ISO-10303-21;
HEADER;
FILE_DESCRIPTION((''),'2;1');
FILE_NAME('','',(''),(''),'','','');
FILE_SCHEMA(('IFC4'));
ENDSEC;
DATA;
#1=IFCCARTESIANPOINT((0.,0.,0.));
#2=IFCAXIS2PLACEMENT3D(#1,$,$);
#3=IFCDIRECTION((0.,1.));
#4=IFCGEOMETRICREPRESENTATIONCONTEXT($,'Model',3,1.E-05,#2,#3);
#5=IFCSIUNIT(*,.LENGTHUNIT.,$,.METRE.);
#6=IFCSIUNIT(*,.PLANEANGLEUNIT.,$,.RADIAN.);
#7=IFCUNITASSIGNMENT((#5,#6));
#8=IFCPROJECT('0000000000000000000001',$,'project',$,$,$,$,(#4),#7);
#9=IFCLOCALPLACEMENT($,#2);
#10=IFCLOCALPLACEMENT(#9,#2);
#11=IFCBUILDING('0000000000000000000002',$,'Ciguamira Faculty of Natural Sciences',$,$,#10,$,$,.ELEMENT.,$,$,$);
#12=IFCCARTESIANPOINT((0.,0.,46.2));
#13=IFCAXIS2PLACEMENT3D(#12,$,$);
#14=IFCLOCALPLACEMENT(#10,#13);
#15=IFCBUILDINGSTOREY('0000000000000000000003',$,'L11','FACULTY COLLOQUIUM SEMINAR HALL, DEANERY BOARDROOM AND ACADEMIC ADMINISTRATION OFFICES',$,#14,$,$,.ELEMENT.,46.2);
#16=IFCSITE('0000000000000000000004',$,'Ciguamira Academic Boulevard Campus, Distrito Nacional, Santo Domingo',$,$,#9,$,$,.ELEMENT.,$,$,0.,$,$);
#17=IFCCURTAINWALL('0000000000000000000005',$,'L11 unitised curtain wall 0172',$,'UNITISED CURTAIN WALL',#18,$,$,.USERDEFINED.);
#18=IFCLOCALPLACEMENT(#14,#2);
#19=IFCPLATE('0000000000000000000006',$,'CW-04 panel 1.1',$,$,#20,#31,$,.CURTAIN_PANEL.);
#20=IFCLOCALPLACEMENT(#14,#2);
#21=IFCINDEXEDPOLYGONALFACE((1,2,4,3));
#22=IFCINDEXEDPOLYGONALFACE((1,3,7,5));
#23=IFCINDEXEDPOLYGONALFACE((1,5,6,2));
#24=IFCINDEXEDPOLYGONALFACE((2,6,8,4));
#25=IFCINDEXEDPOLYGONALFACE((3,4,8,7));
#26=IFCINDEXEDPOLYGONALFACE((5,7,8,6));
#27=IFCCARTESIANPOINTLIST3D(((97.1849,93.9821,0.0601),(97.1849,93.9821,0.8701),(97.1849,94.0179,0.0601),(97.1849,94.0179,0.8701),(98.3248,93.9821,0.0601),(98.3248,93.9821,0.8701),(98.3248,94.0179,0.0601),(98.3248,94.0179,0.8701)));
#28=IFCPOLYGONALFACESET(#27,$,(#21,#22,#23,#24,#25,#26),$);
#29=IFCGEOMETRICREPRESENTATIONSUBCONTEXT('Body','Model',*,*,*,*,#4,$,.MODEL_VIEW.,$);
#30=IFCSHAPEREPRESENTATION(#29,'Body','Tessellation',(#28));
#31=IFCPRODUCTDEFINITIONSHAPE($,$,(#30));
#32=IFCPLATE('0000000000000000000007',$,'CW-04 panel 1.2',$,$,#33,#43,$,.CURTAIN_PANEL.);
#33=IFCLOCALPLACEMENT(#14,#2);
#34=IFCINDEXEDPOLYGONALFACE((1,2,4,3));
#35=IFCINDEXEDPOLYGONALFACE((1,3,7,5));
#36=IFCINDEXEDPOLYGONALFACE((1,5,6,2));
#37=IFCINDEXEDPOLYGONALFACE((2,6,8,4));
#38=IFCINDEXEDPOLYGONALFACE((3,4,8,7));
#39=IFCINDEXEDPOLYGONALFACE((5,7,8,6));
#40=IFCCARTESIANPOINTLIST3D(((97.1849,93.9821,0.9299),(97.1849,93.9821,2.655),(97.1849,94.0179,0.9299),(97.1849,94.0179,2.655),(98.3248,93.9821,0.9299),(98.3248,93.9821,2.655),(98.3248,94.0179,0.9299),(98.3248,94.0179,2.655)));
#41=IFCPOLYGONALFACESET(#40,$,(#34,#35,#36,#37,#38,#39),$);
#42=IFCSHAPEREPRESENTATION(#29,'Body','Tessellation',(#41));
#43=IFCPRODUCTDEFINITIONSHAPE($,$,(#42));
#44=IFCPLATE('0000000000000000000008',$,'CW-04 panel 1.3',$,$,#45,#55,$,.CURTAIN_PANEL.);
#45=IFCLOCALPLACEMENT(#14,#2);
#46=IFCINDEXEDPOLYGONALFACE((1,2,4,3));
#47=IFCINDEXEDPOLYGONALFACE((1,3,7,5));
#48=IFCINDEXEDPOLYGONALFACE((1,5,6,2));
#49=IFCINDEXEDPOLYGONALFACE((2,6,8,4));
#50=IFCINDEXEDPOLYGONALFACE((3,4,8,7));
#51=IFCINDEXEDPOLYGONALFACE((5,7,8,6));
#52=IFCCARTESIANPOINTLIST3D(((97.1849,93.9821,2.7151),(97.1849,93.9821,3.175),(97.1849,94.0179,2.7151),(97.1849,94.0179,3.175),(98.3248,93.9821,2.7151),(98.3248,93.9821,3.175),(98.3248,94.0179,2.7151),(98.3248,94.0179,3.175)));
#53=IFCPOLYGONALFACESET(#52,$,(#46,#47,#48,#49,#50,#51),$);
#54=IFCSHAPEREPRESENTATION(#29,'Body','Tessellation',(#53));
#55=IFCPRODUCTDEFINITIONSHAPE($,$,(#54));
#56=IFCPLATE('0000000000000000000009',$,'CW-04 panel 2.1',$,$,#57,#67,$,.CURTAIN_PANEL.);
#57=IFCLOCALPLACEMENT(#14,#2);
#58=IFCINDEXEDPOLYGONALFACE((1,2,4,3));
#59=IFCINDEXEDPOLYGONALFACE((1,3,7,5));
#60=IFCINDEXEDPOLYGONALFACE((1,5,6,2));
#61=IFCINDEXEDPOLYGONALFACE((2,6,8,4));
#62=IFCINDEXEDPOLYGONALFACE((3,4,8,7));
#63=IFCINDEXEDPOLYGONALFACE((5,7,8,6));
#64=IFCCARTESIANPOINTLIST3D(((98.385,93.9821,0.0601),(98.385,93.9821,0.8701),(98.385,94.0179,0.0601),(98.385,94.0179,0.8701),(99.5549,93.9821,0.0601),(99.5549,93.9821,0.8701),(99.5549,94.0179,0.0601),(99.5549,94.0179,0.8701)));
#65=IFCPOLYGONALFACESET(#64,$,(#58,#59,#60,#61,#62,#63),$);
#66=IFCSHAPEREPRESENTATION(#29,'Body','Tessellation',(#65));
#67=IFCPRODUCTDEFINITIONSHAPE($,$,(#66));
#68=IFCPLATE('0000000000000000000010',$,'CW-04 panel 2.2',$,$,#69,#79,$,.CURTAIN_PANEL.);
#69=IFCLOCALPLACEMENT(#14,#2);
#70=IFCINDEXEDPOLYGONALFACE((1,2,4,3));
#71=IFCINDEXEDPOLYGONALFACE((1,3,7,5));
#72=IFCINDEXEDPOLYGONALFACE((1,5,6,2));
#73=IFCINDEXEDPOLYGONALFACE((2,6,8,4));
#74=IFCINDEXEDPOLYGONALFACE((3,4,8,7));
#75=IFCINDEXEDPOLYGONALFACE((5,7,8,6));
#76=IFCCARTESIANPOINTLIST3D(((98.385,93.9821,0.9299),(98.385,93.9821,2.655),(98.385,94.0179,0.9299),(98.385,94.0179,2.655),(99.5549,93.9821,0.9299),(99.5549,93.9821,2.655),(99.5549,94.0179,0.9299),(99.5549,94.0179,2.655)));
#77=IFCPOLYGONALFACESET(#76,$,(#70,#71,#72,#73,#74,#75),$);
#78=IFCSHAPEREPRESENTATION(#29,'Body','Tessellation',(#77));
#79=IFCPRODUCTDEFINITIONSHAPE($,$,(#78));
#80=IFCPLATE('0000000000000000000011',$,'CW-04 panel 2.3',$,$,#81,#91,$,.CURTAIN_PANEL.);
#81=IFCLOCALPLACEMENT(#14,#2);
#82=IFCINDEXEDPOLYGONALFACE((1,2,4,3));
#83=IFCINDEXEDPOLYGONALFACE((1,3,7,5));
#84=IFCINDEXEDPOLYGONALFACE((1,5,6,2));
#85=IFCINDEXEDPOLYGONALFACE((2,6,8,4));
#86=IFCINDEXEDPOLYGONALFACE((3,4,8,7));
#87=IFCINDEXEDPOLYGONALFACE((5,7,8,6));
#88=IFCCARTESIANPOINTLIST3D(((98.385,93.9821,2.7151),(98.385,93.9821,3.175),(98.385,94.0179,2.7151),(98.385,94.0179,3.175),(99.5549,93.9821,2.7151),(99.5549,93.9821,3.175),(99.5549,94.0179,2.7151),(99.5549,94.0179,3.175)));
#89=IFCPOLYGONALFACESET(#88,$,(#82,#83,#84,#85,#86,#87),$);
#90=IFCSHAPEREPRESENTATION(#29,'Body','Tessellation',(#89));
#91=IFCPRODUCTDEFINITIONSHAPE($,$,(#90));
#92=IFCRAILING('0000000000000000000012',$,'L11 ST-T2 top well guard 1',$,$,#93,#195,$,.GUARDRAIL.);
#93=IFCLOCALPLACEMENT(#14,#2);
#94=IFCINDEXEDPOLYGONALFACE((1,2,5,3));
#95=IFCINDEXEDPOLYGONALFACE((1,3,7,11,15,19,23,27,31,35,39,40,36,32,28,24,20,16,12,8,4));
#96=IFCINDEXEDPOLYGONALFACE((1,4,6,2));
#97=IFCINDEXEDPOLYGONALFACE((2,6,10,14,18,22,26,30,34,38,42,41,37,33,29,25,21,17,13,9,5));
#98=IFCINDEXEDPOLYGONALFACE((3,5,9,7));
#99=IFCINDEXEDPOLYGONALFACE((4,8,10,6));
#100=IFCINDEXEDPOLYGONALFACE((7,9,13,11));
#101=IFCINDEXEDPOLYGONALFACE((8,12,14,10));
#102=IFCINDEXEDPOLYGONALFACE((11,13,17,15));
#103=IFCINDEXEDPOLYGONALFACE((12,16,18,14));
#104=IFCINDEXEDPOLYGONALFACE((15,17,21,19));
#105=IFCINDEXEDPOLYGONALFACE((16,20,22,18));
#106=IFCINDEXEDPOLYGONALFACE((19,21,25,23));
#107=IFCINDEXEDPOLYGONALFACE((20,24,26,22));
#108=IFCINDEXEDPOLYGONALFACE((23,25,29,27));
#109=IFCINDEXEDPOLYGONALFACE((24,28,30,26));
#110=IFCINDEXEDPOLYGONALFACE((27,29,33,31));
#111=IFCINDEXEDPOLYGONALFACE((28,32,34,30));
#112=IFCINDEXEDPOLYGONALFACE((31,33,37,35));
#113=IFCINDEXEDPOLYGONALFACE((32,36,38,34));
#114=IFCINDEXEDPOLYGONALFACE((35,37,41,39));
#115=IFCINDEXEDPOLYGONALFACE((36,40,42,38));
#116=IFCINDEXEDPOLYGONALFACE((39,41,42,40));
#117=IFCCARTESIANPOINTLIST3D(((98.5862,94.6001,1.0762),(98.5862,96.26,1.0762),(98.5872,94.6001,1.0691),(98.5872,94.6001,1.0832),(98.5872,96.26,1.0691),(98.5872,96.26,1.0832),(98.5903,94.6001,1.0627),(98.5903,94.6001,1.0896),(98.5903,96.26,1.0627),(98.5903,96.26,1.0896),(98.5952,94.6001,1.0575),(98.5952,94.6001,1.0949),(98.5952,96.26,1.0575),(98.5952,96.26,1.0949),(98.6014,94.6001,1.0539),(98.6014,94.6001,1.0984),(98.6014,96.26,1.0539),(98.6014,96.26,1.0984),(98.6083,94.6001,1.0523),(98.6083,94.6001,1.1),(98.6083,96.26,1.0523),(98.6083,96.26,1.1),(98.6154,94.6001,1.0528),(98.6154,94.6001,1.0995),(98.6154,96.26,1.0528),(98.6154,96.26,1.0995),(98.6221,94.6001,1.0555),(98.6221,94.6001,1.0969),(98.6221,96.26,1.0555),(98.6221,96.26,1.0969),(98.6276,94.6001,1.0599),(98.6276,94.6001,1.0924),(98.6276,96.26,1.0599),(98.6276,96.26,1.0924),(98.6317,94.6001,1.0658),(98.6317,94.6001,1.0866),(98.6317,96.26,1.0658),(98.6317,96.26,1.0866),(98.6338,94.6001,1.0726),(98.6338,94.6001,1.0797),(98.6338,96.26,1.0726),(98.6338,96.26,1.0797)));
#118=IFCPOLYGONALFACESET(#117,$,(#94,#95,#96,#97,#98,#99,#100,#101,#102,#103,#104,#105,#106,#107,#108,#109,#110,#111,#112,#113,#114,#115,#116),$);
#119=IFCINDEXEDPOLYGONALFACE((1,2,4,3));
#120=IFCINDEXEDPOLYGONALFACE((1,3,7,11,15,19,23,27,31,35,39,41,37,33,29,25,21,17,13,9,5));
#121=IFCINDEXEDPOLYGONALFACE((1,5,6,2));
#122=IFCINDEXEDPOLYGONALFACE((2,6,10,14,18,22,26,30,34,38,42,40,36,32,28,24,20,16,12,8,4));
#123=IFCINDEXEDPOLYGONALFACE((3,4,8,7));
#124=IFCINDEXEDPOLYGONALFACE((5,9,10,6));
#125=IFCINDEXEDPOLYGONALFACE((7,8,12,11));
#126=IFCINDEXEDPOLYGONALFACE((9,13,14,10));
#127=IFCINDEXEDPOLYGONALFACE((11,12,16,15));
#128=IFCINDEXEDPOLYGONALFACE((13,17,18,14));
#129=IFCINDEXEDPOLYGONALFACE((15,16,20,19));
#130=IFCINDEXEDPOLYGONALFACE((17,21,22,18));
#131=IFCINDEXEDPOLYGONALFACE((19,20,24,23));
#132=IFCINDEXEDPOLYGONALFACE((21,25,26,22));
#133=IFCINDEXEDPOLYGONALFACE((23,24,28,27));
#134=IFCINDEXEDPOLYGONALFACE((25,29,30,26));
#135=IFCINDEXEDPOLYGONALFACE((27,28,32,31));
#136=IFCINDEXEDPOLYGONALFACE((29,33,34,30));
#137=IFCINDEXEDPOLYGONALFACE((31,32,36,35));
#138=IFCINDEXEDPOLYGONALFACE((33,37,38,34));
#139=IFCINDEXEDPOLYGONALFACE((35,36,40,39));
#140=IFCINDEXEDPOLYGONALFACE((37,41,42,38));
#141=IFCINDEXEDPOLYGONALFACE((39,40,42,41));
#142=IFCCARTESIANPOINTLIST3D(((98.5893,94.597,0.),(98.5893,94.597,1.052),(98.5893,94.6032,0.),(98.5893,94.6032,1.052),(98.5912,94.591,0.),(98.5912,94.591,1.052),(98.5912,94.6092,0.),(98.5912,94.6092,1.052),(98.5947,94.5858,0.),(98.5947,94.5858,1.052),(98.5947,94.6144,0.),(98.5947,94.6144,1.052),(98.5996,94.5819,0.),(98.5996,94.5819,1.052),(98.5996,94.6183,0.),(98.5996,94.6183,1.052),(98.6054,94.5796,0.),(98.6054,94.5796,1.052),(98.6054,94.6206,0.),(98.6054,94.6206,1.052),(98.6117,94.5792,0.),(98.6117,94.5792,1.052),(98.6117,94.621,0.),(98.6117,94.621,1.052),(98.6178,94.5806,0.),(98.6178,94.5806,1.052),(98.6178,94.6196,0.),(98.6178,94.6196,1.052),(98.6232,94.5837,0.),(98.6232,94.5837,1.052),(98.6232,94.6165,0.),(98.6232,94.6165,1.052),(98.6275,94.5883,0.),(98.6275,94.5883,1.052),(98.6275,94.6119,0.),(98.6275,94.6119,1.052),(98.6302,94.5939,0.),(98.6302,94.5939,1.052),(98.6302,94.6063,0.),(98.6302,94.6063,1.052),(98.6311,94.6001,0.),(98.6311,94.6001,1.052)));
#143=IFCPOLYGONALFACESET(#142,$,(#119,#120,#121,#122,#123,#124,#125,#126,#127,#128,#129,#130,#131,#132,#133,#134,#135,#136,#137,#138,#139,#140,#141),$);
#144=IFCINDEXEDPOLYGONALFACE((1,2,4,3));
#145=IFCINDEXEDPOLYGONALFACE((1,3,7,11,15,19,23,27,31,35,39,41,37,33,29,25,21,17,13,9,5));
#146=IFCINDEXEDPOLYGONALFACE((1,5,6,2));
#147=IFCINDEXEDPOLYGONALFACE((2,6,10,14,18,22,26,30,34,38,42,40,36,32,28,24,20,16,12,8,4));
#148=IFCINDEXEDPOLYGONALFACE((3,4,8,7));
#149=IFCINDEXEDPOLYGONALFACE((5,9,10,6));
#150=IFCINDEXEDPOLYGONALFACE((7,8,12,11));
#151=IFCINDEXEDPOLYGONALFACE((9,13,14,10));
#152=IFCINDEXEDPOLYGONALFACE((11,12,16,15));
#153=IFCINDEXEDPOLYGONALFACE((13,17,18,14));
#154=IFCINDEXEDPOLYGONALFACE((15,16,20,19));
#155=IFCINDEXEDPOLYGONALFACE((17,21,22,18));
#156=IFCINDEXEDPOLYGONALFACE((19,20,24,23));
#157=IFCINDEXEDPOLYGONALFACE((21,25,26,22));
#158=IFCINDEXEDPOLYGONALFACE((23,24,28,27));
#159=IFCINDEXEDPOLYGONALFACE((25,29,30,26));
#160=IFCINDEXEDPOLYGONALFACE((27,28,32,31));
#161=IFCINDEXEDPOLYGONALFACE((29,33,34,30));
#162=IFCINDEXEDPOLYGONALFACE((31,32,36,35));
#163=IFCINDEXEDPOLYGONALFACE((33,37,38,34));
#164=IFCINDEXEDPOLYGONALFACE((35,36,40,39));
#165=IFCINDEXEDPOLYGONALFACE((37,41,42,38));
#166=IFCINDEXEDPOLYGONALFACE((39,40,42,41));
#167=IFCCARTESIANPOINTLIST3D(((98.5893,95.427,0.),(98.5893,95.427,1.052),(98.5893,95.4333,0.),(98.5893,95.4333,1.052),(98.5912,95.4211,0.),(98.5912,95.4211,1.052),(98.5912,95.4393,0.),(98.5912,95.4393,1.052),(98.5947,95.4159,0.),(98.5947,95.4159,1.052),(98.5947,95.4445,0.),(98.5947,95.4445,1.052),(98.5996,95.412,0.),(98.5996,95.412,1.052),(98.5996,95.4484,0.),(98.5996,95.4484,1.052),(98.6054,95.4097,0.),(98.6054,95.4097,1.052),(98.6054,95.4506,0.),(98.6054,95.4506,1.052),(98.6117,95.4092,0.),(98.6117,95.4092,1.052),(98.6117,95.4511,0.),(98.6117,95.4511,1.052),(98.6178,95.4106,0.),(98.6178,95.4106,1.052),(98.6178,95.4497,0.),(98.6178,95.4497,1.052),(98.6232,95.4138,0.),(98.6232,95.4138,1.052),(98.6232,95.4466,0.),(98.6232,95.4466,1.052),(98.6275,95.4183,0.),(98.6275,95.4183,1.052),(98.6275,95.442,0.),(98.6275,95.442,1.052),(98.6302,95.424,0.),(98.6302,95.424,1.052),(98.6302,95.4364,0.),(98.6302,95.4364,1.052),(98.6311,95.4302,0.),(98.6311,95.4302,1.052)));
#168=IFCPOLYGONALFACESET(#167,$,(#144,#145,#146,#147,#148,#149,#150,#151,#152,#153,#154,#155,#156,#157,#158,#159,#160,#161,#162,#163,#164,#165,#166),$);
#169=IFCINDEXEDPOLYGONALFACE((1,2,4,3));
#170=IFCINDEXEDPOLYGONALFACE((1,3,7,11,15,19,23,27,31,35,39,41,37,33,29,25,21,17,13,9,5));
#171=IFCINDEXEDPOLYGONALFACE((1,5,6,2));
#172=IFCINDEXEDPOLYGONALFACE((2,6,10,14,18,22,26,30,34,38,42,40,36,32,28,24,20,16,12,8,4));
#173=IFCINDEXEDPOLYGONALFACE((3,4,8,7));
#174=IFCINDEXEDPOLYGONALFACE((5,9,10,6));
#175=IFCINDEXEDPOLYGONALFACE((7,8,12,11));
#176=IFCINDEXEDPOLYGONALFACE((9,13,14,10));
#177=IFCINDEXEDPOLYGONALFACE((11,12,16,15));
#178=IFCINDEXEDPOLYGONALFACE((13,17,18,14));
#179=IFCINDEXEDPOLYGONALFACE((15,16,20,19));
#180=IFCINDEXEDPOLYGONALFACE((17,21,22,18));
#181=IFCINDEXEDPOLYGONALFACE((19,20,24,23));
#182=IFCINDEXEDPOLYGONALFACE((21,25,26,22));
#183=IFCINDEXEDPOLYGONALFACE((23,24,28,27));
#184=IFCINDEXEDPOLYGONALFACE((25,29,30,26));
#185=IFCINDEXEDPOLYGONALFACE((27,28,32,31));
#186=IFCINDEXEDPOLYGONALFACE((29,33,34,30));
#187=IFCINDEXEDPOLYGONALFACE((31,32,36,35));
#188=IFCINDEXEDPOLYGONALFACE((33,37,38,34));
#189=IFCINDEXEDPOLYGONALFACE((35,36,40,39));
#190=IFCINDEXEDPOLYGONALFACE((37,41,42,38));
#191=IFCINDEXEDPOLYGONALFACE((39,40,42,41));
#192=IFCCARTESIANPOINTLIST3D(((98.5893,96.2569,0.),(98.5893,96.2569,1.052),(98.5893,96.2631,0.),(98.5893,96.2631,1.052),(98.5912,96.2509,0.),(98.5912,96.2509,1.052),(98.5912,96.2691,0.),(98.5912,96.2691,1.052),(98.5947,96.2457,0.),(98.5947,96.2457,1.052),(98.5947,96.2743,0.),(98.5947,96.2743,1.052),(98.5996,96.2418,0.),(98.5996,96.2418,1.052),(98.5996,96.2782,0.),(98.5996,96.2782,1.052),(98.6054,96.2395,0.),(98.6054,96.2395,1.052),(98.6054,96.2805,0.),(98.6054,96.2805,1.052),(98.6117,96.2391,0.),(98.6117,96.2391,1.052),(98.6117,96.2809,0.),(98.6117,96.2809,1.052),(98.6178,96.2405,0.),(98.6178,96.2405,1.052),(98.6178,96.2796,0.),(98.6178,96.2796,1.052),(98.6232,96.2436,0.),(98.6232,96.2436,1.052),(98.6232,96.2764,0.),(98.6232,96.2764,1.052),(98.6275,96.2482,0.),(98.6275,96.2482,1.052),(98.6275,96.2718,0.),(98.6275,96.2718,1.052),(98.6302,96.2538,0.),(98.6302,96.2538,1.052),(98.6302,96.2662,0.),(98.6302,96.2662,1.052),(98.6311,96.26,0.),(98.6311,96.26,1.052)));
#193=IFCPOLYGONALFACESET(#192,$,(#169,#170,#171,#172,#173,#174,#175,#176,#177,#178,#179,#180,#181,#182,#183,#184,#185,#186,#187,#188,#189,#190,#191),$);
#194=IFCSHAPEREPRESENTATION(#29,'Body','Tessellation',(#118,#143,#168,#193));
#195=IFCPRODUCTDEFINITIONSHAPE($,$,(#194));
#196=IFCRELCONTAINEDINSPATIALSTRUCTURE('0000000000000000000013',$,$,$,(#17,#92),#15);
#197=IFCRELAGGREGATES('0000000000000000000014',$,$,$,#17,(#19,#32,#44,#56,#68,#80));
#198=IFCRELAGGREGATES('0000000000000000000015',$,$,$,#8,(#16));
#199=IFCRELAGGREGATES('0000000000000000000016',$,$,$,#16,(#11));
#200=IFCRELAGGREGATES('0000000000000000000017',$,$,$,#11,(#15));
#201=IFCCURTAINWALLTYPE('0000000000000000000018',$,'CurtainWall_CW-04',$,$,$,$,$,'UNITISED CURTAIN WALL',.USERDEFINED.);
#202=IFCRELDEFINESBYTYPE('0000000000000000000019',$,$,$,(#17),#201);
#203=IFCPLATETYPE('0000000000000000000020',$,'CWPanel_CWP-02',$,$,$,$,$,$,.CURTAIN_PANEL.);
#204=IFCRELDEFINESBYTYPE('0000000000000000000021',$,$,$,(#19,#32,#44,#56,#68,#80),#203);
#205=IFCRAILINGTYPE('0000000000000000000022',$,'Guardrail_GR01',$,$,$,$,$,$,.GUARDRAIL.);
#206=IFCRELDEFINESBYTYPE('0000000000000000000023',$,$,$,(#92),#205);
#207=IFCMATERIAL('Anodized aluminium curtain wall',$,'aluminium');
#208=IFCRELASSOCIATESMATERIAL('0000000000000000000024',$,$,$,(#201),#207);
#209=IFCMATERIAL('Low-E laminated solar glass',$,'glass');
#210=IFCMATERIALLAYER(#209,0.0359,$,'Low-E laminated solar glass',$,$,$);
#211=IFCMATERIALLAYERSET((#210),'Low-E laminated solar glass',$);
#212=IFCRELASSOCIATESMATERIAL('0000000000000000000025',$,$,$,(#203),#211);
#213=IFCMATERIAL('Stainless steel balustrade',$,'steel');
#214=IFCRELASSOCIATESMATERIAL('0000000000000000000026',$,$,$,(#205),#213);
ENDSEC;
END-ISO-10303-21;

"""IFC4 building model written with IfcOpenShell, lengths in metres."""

from ifc_helpers import new_model, si_unit, direction, frame, origin, origin_2d, place, context, subcontext, project, spatial, rectangle, circle, extrude, material, layer, layer_set, type_object, element, aggregate, save


model = new_model("IFC4")

# Units and contexts
model_context = context("Model", 3, precision=1e-05, world=origin(), true_north=direction((0.0, 1.0)))
body_context = subcontext(model_context, "Body", "Model", "MODEL_VIEW")
ifc_project = project(units=[si_unit("LENGTHUNIT", "METRE"), si_unit("PLANEANGLEUNIT", "RADIAN")], contexts=[model_context])

# Site, building, storey
site_placement = place(None, origin())
site = spatial("IfcSite", under=ifc_project, at=site_placement, Name="Ciguamira Academic Boulevard Campus, Distrito Nacional, Santo Domingo", CompositionType="ELEMENT", RefElevation=0.0)
building_placement = place(site_placement, origin())
building = spatial("IfcBuilding", under=site, at=building_placement, Name="Ciguamira Faculty of Natural Sciences", CompositionType="ELEMENT")
storey_placement = place(building_placement, frame((0.0, 0.0, 46.2)))
storey = spatial("IfcBuildingStorey", under=building, at=storey_placement, Name="L11", Description="FACULTY COLLOQUIUM SEMINAR HALL, DEANERY BOARDROOM AND ACADEMIC ADMINISTRATION OFFICES", CompositionType="ELEMENT", Elevation=46.2)

# Curtain wall, plates
ifc_material_1 = material(Name="Anodized aluminium curtain wall", Category="aluminium")
curtain_wall_type = type_object("IfcCurtainWallType", Name="CurtainWall_CW-04", ElementType="UNITISED CURTAIN WALL", PredefinedType="USERDEFINED", material=ifc_material_1)
curtain_wall_placement = place(storey_placement, origin())
curtain_wall = element("IfcCurtainWall", 1, at=curtain_wall_placement, inside=storey, type_object=curtain_wall_type, Name="L11 unitised curtain wall 0172", ObjectType="UNITISED CURTAIN WALL", PredefinedType="USERDEFINED")
ifc_material_2 = material(Name="Low-E laminated solar glass", Category="glass")
ifc_layer = layer(ifc_material_2, 0.0359, Name="Low-E laminated solar glass")
ifc_layer_set = layer_set([ifc_layer], Name="Low-E laminated solar glass")
plate_type = type_object("IfcPlateType", Name="CWPanel_CWP-02", PredefinedType="CURTAIN_PANEL", material=ifc_layer_set)
plate_1_placement = place(storey_placement, frame((97.7549, 94.0, 0.0601), z_axis=(0.0, 0.0, 1.0), x_axis=(1.0, 0.0, 0.0)))
plate_1 = element("IfcPlate", 2, at=plate_1_placement, type_object=plate_type, Name="CW-04 panel 1.1", PredefinedType="CURTAIN_PANEL", context=body_context, shape_type="SweptSolid", body=[
    extrude(rectangle(XDim=1.1399, YDim=0.0359, at=origin_2d()), origin(), (0.0, 0.0, 1.0), 0.8101),
])
plate_2_placement = place(storey_placement, frame((97.7549, 94.0, 0.9299), z_axis=(0.0, 0.0, 1.0), x_axis=(1.0, 0.0, 0.0)))
plate_2 = element("IfcPlate", 3, at=plate_2_placement, type_object=plate_type, Name="CW-04 panel 1.2", PredefinedType="CURTAIN_PANEL", context=body_context, shape_type="SweptSolid", body=[
    extrude(rectangle(XDim=1.1399, YDim=0.0359, at=origin_2d()), origin(), (0.0, 0.0, 1.0), 1.7251),
])
plate_3_placement = place(storey_placement, frame((97.7549, 94.0, 2.7151), z_axis=(0.0, 0.0, 1.0), x_axis=(1.0, 0.0, 0.0)))
plate_3 = element("IfcPlate", 4, at=plate_3_placement, type_object=plate_type, Name="CW-04 panel 1.3", PredefinedType="CURTAIN_PANEL", context=body_context, shape_type="SweptSolid", body=[
    extrude(rectangle(XDim=1.1399, YDim=0.0359, at=origin_2d()), origin(), (0.0, 0.0, 1.0), 0.46),
])
plate_4_placement = place(storey_placement, frame((98.97, 94.0, 0.0601), z_axis=(0.0, 0.0, 1.0), x_axis=(1.0, 0.0, 0.0)))
plate_4 = element("IfcPlate", 5, at=plate_4_placement, type_object=plate_type, Name="CW-04 panel 2.1", PredefinedType="CURTAIN_PANEL", context=body_context, shape_type="SweptSolid", body=[
    extrude(rectangle(XDim=1.1699, YDim=0.0359, at=origin_2d()), origin(), (0.0, 0.0, 1.0), 0.8101),
])
plate_5_placement = place(storey_placement, frame((98.97, 94.0, 0.9299), z_axis=(0.0, 0.0, 1.0), x_axis=(1.0, 0.0, 0.0)))
plate_5 = element("IfcPlate", 6, at=plate_5_placement, type_object=plate_type, Name="CW-04 panel 2.2", PredefinedType="CURTAIN_PANEL", context=body_context, shape_type="SweptSolid", body=[
    extrude(rectangle(XDim=1.1699, YDim=0.0359, at=origin_2d()), origin(), (0.0, 0.0, 1.0), 1.7251),
])
plate_6_placement = place(storey_placement, frame((98.97, 94.0, 2.7151), z_axis=(0.0, 0.0, 1.0), x_axis=(1.0, 0.0, 0.0)))
plate_6 = element("IfcPlate", 7, at=plate_6_placement, type_object=plate_type, Name="CW-04 panel 2.3", PredefinedType="CURTAIN_PANEL", context=body_context, shape_type="SweptSolid", body=[
    extrude(rectangle(XDim=1.1699, YDim=0.0359, at=origin_2d()), origin(), (0.0, 0.0, 1.0), 0.46),
])
aggregate(curtain_wall, [plate_1, plate_2, plate_3, plate_4, plate_5, plate_6])

# Railing
ifc_material_3 = material(Name="Stainless steel balustrade", Category="steel")
railing_type = type_object("IfcRailingType", Name="Guardrail_GR01", PredefinedType="GUARDRAIL", material=ifc_material_3)
railing_placement = place(storey_placement, frame((98.6101, 94.6001, 0.0)))
element("IfcRailing", 8, at=railing_placement, inside=storey, type_object=railing_type, Name="L11 ST-T2 top well guard 1", PredefinedType="GUARDRAIL", context=body_context, shape_type="SweptSolid", body=[
    extrude(circle(Radius=0.0239, at=origin_2d()), frame((0.0, 0.0, 1.0762), z_axis=(0.0, 1.0, 0.0), x_axis=(-1.0, 0.0, 0.0)), (0.0, 0.0, 1.0), 1.6599),
    extrude(circle(Radius=0.021, at=origin_2d()), origin(), (0.0, 0.0, 1.0), 1.052),
    extrude(circle(Radius=0.021, at=origin_2d()), frame((0.0, 0.8301, 0.0)), (0.0, 0.0, 1.0), 1.052),
    extrude(circle(Radius=0.021, at=origin_2d()), frame((0.0, 1.6599, 0.0)), (0.0, 0.0, 1.0), 1.052),
])

save(model, "model.ifc")
